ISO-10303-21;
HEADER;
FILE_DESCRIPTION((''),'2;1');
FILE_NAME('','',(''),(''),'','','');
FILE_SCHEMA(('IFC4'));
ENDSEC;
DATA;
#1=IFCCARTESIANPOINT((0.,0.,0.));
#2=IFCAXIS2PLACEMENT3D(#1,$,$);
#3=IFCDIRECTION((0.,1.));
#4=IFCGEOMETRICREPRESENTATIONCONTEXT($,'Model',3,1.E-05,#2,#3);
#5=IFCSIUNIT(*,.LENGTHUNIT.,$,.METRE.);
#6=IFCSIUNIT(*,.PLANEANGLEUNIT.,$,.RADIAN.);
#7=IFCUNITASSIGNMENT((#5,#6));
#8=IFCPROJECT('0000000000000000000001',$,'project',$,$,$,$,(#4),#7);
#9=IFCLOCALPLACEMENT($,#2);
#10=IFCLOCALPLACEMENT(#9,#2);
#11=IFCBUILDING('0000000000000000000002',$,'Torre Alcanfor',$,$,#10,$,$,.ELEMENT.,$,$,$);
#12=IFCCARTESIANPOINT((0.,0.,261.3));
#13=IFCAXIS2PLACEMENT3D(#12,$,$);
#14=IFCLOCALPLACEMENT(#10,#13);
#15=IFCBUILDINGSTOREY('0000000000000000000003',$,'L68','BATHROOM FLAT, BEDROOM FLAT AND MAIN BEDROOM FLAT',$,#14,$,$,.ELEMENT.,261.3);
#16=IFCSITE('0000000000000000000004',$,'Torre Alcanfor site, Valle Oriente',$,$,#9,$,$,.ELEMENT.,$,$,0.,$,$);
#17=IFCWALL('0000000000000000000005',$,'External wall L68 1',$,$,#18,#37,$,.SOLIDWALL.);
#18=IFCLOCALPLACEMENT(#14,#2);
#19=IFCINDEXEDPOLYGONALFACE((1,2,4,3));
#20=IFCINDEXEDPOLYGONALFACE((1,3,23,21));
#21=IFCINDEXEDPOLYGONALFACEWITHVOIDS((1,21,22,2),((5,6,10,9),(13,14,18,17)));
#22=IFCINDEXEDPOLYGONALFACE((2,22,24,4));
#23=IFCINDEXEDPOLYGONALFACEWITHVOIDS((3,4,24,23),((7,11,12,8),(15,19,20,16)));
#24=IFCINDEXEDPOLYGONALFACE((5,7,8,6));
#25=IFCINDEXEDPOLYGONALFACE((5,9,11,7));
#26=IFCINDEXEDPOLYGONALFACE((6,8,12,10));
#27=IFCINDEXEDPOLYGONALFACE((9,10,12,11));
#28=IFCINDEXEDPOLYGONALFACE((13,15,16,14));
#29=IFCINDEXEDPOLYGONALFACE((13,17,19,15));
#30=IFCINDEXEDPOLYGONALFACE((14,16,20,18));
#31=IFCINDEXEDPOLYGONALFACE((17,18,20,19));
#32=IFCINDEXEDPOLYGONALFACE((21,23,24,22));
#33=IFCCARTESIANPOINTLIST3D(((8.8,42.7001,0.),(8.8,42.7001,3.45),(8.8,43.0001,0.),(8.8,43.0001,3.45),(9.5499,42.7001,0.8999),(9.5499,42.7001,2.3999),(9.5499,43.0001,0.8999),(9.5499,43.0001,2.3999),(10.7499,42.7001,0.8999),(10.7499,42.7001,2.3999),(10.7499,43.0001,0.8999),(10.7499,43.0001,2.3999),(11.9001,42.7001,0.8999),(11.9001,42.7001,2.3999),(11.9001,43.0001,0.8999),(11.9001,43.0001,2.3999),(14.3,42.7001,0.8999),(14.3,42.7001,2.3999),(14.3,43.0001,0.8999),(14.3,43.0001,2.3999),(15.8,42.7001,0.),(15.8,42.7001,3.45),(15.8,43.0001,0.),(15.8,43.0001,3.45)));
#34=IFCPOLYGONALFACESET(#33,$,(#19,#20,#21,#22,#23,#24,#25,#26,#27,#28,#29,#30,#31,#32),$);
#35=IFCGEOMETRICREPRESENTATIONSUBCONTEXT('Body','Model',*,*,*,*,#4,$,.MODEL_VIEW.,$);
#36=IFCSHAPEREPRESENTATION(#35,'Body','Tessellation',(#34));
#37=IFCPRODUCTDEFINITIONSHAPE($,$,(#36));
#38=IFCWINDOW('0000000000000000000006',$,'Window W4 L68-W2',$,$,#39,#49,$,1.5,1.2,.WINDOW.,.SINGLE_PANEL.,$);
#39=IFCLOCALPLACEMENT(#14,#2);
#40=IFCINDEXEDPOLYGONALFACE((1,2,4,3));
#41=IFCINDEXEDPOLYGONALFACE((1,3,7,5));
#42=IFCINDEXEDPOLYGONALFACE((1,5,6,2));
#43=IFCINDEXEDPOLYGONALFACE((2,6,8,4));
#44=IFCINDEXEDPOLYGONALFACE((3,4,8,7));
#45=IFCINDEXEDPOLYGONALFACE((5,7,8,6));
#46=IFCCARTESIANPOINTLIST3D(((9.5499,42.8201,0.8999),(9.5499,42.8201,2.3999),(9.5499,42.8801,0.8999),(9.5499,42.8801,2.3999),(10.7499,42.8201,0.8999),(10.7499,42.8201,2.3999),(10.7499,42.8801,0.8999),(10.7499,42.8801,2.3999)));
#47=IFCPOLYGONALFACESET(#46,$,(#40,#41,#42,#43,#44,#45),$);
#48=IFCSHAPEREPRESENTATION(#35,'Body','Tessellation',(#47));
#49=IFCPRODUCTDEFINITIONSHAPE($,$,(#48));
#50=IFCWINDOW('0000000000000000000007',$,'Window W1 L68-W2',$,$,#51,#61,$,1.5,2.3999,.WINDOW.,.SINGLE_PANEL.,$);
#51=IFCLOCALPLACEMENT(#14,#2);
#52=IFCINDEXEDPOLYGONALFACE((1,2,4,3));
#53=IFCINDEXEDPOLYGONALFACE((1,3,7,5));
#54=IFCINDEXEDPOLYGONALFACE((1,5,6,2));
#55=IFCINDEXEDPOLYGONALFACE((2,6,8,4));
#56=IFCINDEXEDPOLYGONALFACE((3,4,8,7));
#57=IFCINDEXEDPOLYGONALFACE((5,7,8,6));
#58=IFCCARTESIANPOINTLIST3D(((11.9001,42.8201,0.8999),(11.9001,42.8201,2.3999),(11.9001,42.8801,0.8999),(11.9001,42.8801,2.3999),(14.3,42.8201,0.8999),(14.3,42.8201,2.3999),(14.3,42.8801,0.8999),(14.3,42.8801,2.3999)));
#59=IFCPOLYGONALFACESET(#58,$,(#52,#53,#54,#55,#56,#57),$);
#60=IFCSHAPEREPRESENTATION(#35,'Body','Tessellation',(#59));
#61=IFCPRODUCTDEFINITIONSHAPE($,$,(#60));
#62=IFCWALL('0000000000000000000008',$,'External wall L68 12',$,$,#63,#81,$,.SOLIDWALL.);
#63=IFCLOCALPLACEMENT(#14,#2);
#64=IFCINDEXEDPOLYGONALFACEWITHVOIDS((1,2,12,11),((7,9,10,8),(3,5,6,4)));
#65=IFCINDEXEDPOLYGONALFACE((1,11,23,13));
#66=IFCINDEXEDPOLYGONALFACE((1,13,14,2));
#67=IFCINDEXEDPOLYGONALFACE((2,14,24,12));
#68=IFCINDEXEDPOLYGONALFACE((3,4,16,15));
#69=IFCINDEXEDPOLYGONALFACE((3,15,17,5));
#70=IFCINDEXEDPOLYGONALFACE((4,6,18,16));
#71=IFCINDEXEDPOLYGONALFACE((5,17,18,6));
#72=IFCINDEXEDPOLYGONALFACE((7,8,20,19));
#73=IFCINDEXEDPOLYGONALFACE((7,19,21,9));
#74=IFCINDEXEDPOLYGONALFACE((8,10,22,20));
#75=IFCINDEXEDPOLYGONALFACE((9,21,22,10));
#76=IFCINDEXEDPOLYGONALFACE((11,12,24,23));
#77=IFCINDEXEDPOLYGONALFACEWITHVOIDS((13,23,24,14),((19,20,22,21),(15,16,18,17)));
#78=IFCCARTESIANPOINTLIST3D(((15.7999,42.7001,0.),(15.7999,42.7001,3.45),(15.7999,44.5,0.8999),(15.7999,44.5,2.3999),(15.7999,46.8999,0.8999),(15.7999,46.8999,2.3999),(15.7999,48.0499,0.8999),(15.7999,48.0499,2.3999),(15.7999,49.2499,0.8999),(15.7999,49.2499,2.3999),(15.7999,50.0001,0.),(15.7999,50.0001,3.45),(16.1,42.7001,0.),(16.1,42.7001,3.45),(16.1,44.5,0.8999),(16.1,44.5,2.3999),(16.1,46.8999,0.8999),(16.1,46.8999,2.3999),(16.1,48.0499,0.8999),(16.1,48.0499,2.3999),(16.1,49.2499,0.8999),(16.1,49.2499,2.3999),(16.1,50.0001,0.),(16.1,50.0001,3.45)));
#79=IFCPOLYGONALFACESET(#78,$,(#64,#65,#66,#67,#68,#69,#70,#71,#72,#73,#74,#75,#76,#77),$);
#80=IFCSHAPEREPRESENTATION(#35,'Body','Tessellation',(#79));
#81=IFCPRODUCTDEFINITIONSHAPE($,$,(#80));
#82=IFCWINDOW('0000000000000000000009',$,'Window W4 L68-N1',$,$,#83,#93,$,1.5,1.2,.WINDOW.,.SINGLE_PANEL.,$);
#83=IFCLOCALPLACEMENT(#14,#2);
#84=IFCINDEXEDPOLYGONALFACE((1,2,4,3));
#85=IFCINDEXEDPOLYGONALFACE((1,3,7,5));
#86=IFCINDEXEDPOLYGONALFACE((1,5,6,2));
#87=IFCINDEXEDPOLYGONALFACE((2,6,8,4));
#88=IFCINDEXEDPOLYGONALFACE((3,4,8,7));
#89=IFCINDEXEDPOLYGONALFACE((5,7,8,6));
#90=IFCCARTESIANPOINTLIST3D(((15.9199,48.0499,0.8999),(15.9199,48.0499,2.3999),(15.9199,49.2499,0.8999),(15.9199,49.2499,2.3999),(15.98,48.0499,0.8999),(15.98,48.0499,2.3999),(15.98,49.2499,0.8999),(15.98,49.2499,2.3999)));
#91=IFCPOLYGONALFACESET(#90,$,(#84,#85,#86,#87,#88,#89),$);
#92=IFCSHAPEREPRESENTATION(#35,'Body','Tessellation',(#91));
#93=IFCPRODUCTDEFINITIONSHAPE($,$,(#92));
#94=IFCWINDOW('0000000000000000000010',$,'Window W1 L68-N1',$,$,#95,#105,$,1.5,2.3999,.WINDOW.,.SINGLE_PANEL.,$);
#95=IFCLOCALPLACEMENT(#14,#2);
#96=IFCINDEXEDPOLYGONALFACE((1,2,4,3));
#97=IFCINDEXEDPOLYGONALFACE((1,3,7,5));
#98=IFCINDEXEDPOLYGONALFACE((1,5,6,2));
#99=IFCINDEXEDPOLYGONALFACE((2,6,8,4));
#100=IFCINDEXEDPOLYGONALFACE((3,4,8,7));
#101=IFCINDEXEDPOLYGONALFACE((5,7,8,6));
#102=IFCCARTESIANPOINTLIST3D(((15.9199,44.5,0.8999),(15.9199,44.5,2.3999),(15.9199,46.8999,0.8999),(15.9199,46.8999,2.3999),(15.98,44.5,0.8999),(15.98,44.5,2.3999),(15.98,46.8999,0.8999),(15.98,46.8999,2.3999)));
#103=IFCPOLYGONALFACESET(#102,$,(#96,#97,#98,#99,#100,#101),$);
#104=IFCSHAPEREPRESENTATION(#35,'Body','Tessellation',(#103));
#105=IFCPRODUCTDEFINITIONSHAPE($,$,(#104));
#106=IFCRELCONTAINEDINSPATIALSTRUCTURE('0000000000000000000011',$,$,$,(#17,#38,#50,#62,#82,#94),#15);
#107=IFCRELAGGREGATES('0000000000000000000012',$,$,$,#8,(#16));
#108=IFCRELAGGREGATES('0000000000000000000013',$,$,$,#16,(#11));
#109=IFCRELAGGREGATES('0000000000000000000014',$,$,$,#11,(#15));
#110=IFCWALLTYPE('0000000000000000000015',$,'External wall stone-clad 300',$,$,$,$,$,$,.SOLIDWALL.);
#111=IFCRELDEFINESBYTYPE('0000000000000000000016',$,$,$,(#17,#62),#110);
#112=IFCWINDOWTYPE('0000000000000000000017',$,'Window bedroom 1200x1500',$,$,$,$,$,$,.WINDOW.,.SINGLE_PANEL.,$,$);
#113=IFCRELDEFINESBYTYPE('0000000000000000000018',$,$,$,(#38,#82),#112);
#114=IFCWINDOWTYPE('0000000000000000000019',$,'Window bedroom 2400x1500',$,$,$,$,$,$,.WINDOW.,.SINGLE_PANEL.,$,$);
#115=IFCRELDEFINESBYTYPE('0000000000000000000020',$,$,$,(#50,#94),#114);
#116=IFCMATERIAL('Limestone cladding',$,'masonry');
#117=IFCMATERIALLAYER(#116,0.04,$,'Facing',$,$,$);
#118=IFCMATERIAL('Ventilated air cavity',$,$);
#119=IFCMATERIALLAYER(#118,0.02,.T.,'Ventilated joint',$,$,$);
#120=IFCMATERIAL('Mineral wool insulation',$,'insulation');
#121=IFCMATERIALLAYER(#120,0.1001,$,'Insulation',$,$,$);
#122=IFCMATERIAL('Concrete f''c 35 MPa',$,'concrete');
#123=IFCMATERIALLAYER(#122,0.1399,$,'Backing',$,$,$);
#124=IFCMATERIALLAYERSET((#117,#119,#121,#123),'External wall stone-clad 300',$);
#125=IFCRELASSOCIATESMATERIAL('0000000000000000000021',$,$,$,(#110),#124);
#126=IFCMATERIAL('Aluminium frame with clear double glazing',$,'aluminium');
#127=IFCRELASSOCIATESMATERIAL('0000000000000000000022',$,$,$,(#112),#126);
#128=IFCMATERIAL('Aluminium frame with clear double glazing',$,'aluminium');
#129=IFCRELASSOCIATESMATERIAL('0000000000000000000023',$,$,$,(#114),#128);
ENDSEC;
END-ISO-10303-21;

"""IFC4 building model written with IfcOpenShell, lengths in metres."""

from ifc_helpers import new_model, si_unit, direction, frame, frame_2d, origin, place, context, subcontext, project, spatial, rectangle, extrude, material, layer, layer_set, type_object, element, fill, save


model = new_model("IFC4")

# Units and contexts
model_context = context("Model", 3, precision=1e-05, world=origin(), true_north=direction((0.0, 1.0)))
body_context = subcontext(model_context, "Body", "Model", "MODEL_VIEW")
ifc_project = project(units=[si_unit("LENGTHUNIT", "METRE"), si_unit("PLANEANGLEUNIT", "RADIAN")], contexts=[model_context])

# Site, building, storey
site_placement = place(None, origin())
site = spatial("IfcSite", under=ifc_project, at=site_placement, Name="Torre Alcanfor site, Valle Oriente", CompositionType="ELEMENT", RefElevation=0.0)
building_placement = place(site_placement, origin())
building = spatial("IfcBuilding", under=site, at=building_placement, Name="Torre Alcanfor", CompositionType="ELEMENT")
storey_placement = place(building_placement, frame((0.0, 0.0, 261.3)))
storey = spatial("IfcBuildingStorey", under=building, at=storey_placement, Name="L68", Description="BATHROOM FLAT, BEDROOM FLAT AND MAIN BEDROOM FLAT", CompositionType="ELEMENT", Elevation=261.3)

# Walls, openings, windows
ifc_material_1 = material(Name="Limestone cladding", Category="masonry")
ifc_layer_1 = layer(ifc_material_1, 0.04, Name="Facing")
ifc_material_2 = material(Name="Ventilated air cavity")
ifc_layer_2 = layer(ifc_material_2, 0.02, ventilated=True, Name="Ventilated joint")
ifc_material_3 = material(Name="Mineral wool insulation", Category="insulation")
ifc_layer_3 = layer(ifc_material_3, 0.1001, Name="Insulation")
ifc_material_4 = material(Name="Concrete f'c 35 MPa", Category="concrete")
ifc_layer_4 = layer(ifc_material_4, 0.1399, Name="Backing")
ifc_layer_set_1 = layer_set([ifc_layer_1, ifc_layer_2, ifc_layer_3, ifc_layer_4], Name="External wall stone-clad 300")
wall_type_1 = type_object("IfcWallType", Name="External wall stone-clad 300", PredefinedType="SOLIDWALL", material=ifc_layer_set_1)
wall_1_placement = place(storey_placement, frame((15.8, 42.8501, 0.0), z_axis=(0.0, 0.0, 1.0), x_axis=(-1.0, 0.0, 0.0)))
wall_1 = element("IfcWall", 1, at=wall_1_placement, inside=storey, type_object=wall_type_1, Name="External wall L68 1", PredefinedType="SOLIDWALL", context=body_context, shape_type="SweptSolid", body=[
    extrude(rectangle(XDim=7.0, YDim=0.3, at=frame_2d((3.5, 0.0))), origin(), (0.0, 0.0, 1.0), 3.45),
])
opening_1_placement = place(wall_1_placement, frame((1.5, 0.0, 0.8999)))
opening_1 = element("IfcOpeningElement", 2, at=opening_1_placement, cuts=wall_1, PredefinedType="OPENING", context=body_context, shape_type="SweptSolid", body=[
    extrude(rectangle(XDim=2.3999, YDim=1.5, at=frame_2d((1.2, 0.75))), frame((0.0, 0.1599, 0.0), z_axis=(0.0, -1.0, 0.0), x_axis=(1.0, 0.0, 0.0)), (0.0, 0.0, 1.0), 0.3201),
])
opening_2_placement = place(wall_1_placement, frame((5.05, 0.0, 0.8999)))
opening_2 = element("IfcOpeningElement", 3, at=opening_2_placement, cuts=wall_1, PredefinedType="OPENING", context=body_context, shape_type="SweptSolid", body=[
    extrude(rectangle(XDim=1.2, YDim=1.5, at=frame_2d((0.6001, 0.75))), frame((0.0, 0.1599, 0.0), z_axis=(0.0, -1.0, 0.0), x_axis=(1.0, 0.0, 0.0)), (0.0, 0.0, 1.0), 0.3201),
])
ifc_material_5 = material(Name="Aluminium frame with clear double glazing", Category="aluminium")
window_type_1 = type_object("IfcWindowType", Name="Window bedroom 1200x1500", PartitioningType="SINGLE_PANEL", PredefinedType="WINDOW", material=ifc_material_5)
window_1_placement = place(opening_2_placement, origin())
window_1 = element("IfcWindow", 4, at=window_1_placement, inside=storey, type_object=window_type_1, Name="Window W4 L68-W2", OverallHeight=1.5, OverallWidth=1.2, PartitioningType="SINGLE_PANEL", PredefinedType="WINDOW", context=body_context, shape_type="SweptSolid", body=[
    extrude(rectangle(XDim=1.2, YDim=1.5, at=frame_2d((0.6001, 0.75))), frame((0.0, 0.03, 0.0), z_axis=(0.0, -1.0, 0.0), x_axis=(1.0, 0.0, 0.0)), (0.0, 0.0, 1.0), 0.0601),
])
fill(opening_2, window_1)
ifc_material_6 = material(Name="Aluminium frame with clear double glazing", Category="aluminium")
window_type_2 = type_object("IfcWindowType", Name="Window bedroom 2400x1500", PartitioningType="SINGLE_PANEL", PredefinedType="WINDOW", material=ifc_material_6)
window_2_placement = place(opening_1_placement, origin())
window_2 = element("IfcWindow", 5, at=window_2_placement, inside=storey, type_object=window_type_2, Name="Window W1 L68-W2", OverallHeight=1.5, OverallWidth=2.3999, PartitioningType="SINGLE_PANEL", PredefinedType="WINDOW", context=body_context, shape_type="SweptSolid", body=[
    extrude(rectangle(XDim=2.3999, YDim=1.5, at=frame_2d((1.2, 0.75))), frame((0.0, 0.03, 0.0), z_axis=(0.0, -1.0, 0.0), x_axis=(1.0, 0.0, 0.0)), (0.0, 0.0, 1.0), 0.0601),
])
fill(opening_1, window_2)
wall_2_placement = place(storey_placement, frame((15.95, 50.0, 0.0), z_axis=(0.0, 0.0, 1.0), x_axis=(0.0, -1.0, 0.0)))
wall_2 = element("IfcWall", 6, at=wall_2_placement, inside=storey, type_object=wall_type_1, Name="External wall L68 12", PredefinedType="SOLIDWALL", context=body_context, shape_type="SweptSolid", body=[
    extrude(rectangle(XDim=7.3, YDim=0.3, at=frame_2d((3.6499, 0.0))), origin(), (0.0, 0.0, 1.0), 3.45),
])
opening_3_placement = place(wall_2_placement, frame((3.1001, 0.0, 0.8999)))
opening_3 = element("IfcOpeningElement", 7, at=opening_3_placement, cuts=wall_2, PredefinedType="OPENING", context=body_context, shape_type="SweptSolid", body=[
    extrude(rectangle(XDim=2.3999, YDim=1.5, at=frame_2d((1.2, 0.75))), frame((0.0, 0.1599, 0.0), z_axis=(0.0, -1.0, 0.0), x_axis=(1.0, 0.0, 0.0)), (0.0, 0.0, 1.0), 0.3201),
])
opening_4_placement = place(wall_2_placement, frame((0.75, 0.0, 0.8999)))
opening_4 = element("IfcOpeningElement", 8, at=opening_4_placement, cuts=wall_2, PredefinedType="OPENING", context=body_context, shape_type="SweptSolid", body=[
    extrude(rectangle(XDim=1.2, YDim=1.5, at=frame_2d((0.6001, 0.75))), frame((0.0, 0.1599, 0.0), z_axis=(0.0, -1.0, 0.0), x_axis=(1.0, 0.0, 0.0)), (0.0, 0.0, 1.0), 0.3201),
])
window_3_placement = place(opening_4_placement, origin())
window_3 = element("IfcWindow", 9, at=window_3_placement, inside=storey, type_object=window_type_1, Name="Window W4 L68-N1", OverallHeight=1.5, OverallWidth=1.2, PartitioningType="SINGLE_PANEL", PredefinedType="WINDOW", context=body_context, shape_type="SweptSolid", body=[
    extrude(rectangle(XDim=1.2, YDim=1.5, at=frame_2d((0.6001, 0.75))), frame((0.0, 0.03, 0.0), z_axis=(0.0, -1.0, 0.0), x_axis=(1.0, 0.0, 0.0)), (0.0, 0.0, 1.0), 0.0601),
])
fill(opening_4, window_3)
window_4_placement = place(opening_3_placement, origin())
window_4 = element("IfcWindow", 10, at=window_4_placement, inside=storey, type_object=window_type_2, Name="Window W1 L68-N1", OverallHeight=1.5, OverallWidth=2.3999, PartitioningType="SINGLE_PANEL", PredefinedType="WINDOW", context=body_context, shape_type="SweptSolid", body=[
    extrude(rectangle(XDim=2.3999, YDim=1.5, at=frame_2d((1.2, 0.75))), frame((0.0, 0.03, 0.0), z_axis=(0.0, -1.0, 0.0), x_axis=(1.0, 0.0, 0.0)), (0.0, 0.0, 1.0), 0.0601),
])
fill(opening_3, window_4)

save(model, "model.ifc")
